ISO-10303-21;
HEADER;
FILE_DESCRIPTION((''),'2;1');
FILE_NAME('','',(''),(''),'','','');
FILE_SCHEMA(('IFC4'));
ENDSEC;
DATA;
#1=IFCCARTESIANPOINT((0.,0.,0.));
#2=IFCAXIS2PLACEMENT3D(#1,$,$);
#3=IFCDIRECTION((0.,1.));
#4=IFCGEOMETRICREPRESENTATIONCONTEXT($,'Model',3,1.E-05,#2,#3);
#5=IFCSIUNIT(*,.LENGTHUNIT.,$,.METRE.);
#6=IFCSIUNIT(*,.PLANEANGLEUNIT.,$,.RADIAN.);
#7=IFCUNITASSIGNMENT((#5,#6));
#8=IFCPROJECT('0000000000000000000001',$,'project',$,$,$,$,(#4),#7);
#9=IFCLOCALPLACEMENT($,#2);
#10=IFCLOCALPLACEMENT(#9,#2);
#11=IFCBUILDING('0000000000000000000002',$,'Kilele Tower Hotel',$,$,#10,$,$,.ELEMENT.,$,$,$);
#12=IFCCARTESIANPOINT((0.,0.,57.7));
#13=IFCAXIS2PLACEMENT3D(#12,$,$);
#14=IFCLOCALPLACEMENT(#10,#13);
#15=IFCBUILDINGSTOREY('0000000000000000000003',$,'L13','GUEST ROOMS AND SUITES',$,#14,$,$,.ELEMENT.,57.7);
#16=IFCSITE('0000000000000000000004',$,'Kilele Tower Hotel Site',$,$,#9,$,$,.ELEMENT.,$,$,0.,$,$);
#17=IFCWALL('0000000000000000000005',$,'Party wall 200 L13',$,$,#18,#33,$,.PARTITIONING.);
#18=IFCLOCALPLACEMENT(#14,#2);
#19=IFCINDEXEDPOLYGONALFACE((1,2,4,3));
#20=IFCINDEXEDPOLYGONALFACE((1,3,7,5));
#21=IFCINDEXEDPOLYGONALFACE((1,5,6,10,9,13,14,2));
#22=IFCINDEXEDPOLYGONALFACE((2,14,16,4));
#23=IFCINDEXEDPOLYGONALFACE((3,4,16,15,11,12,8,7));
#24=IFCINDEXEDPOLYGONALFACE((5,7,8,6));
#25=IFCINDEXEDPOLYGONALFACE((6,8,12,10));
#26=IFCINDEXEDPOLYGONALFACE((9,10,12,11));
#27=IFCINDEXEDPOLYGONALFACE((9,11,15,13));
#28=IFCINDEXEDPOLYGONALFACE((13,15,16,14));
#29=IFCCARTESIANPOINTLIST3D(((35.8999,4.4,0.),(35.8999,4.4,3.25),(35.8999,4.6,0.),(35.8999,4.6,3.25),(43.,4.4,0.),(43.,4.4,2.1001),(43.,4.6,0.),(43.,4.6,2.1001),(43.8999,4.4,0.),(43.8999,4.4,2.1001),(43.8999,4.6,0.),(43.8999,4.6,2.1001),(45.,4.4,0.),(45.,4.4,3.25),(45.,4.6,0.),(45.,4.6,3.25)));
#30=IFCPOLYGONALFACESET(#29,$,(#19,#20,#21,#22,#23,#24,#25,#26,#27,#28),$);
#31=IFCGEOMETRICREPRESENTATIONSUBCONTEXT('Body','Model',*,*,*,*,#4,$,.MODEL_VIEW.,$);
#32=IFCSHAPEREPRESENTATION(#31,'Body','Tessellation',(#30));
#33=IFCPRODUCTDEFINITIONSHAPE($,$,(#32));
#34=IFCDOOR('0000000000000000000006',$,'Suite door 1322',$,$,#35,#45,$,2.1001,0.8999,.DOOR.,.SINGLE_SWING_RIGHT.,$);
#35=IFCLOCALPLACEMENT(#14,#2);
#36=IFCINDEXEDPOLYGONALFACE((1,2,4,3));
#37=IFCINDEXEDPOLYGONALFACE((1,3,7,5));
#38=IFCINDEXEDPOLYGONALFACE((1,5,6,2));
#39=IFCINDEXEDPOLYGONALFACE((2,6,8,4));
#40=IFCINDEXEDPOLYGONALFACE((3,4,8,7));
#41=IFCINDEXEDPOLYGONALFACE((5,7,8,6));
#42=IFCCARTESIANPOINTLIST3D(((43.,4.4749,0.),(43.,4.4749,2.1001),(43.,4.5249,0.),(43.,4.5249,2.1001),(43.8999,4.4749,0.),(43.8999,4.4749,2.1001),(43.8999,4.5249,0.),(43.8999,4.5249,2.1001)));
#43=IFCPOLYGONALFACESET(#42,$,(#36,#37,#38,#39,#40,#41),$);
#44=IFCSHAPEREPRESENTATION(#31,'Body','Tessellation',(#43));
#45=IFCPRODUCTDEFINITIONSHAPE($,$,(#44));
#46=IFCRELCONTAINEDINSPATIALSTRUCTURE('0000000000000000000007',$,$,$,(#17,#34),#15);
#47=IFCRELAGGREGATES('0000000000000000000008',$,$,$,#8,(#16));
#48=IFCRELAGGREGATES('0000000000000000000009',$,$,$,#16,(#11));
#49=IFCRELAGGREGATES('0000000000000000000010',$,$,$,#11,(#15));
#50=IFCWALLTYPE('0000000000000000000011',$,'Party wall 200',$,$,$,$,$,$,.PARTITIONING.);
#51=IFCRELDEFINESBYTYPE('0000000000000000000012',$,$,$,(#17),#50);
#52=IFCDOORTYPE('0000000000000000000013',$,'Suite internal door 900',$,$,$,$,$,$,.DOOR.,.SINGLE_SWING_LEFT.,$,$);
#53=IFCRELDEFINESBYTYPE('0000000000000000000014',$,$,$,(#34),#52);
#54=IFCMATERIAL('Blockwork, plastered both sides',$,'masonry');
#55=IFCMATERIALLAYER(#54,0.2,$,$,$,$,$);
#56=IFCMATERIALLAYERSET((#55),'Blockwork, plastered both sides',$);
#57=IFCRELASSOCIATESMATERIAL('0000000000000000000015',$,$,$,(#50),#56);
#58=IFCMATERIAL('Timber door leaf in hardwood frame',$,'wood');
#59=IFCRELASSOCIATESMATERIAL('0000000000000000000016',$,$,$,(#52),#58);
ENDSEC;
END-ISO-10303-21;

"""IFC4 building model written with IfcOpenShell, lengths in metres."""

from ifc_helpers import new_model, si_unit, direction, frame, frame_2d, origin, place, context, subcontext, project, spatial, rectangle, extrude, material, layer, layer_set, type_object, element, fill, save


model = new_model("IFC4")

# Units and contexts
model_context = context("Model", 3, precision=1e-05, world=origin(), true_north=direction((0.0, 1.0)))
body_context = subcontext(model_context, "Body", "Model", "MODEL_VIEW")
ifc_project = project(units=[si_unit("LENGTHUNIT", "METRE"), si_unit("PLANEANGLEUNIT", "RADIAN")], contexts=[model_context])

# Site, building, storey
site_placement = place(None, origin())
site = spatial("IfcSite", under=ifc_project, at=site_placement, Name="Kilele Tower Hotel Site", CompositionType="ELEMENT", RefElevation=0.0)
building_placement = place(site_placement, origin())
building = spatial("IfcBuilding", under=site, at=building_placement, Name="Kilele Tower Hotel", CompositionType="ELEMENT")
storey_placement = place(building_placement, frame((0.0, 0.0, 57.7)))
storey = spatial("IfcBuildingStorey", under=building, at=storey_placement, Name="L13", Description="GUEST ROOMS AND SUITES", CompositionType="ELEMENT", Elevation=57.7)

# Wall, opening, door
ifc_material_1 = material(Name="Blockwork, plastered both sides", Category="masonry")
ifc_layer_1 = layer(ifc_material_1, 0.2)
ifc_layer_set_1 = layer_set([ifc_layer_1], Name="Blockwork, plastered both sides")
wall_type_1 = type_object("IfcWallType", Name="Party wall 200", PredefinedType="PARTITIONING", material=ifc_layer_set_1)
wall_1_placement = place(storey_placement, frame((35.8999, 4.5, 0.0), z_axis=(0.0, 0.0, 1.0), x_axis=(1.0, 0.0, 0.0)))
wall_1 = element("IfcWall", 1, at=wall_1_placement, inside=storey, type_object=wall_type_1, Name="Party wall 200 L13", PredefinedType="PARTITIONING", context=body_context, shape_type="SweptSolid", body=[
    extrude(rectangle(XDim=9.1001, YDim=0.2, at=frame_2d((4.55, 0.0))), origin(), (0.0, 0.0, 1.0), 3.25),
])
opening_1_placement = place(wall_1_placement, frame((7.1001, 0.0, 0.0)))
opening_1 = element("IfcOpeningElement", 2, at=opening_1_placement, cuts=wall_1, PredefinedType="OPENING", context=body_context, shape_type="SweptSolid", body=[
    extrude(rectangle(XDim=0.8999, YDim=2.1001, at=frame_2d((0.45, 1.05))), frame((0.0, 0.1099, 0.0), z_axis=(0.0, -1.0, 0.0), x_axis=(1.0, 0.0, 0.0)), (0.0, 0.0, 1.0), 0.22),
])
ifc_material_2 = material(Name="Timber door leaf in hardwood frame", Category="wood")
door_type_1 = type_object("IfcDoorType", Name="Suite internal door 900", OperationType="SINGLE_SWING_LEFT", PredefinedType="DOOR", material=ifc_material_2)
door_1_placement = place(opening_1_placement, origin())
door_1 = element("IfcDoor", 3, at=door_1_placement, inside=storey, type_object=door_type_1, Name="Suite door 1322", OperationType="SINGLE_SWING_RIGHT", OverallHeight=2.1001, OverallWidth=0.8999, PredefinedType="DOOR", context=body_context, shape_type="SweptSolid", body=[
    extrude(rectangle(XDim=0.8999, YDim=2.1001, at=frame_2d((0.45, 1.05))), frame((0.0, 0.0249, 0.0), z_axis=(0.0, -1.0, 0.0), x_axis=(1.0, 0.0, 0.0)), (0.0, 0.0, 1.0), 0.05),
])
fill(opening_1, door_1)

save(model, "model.ifc")
